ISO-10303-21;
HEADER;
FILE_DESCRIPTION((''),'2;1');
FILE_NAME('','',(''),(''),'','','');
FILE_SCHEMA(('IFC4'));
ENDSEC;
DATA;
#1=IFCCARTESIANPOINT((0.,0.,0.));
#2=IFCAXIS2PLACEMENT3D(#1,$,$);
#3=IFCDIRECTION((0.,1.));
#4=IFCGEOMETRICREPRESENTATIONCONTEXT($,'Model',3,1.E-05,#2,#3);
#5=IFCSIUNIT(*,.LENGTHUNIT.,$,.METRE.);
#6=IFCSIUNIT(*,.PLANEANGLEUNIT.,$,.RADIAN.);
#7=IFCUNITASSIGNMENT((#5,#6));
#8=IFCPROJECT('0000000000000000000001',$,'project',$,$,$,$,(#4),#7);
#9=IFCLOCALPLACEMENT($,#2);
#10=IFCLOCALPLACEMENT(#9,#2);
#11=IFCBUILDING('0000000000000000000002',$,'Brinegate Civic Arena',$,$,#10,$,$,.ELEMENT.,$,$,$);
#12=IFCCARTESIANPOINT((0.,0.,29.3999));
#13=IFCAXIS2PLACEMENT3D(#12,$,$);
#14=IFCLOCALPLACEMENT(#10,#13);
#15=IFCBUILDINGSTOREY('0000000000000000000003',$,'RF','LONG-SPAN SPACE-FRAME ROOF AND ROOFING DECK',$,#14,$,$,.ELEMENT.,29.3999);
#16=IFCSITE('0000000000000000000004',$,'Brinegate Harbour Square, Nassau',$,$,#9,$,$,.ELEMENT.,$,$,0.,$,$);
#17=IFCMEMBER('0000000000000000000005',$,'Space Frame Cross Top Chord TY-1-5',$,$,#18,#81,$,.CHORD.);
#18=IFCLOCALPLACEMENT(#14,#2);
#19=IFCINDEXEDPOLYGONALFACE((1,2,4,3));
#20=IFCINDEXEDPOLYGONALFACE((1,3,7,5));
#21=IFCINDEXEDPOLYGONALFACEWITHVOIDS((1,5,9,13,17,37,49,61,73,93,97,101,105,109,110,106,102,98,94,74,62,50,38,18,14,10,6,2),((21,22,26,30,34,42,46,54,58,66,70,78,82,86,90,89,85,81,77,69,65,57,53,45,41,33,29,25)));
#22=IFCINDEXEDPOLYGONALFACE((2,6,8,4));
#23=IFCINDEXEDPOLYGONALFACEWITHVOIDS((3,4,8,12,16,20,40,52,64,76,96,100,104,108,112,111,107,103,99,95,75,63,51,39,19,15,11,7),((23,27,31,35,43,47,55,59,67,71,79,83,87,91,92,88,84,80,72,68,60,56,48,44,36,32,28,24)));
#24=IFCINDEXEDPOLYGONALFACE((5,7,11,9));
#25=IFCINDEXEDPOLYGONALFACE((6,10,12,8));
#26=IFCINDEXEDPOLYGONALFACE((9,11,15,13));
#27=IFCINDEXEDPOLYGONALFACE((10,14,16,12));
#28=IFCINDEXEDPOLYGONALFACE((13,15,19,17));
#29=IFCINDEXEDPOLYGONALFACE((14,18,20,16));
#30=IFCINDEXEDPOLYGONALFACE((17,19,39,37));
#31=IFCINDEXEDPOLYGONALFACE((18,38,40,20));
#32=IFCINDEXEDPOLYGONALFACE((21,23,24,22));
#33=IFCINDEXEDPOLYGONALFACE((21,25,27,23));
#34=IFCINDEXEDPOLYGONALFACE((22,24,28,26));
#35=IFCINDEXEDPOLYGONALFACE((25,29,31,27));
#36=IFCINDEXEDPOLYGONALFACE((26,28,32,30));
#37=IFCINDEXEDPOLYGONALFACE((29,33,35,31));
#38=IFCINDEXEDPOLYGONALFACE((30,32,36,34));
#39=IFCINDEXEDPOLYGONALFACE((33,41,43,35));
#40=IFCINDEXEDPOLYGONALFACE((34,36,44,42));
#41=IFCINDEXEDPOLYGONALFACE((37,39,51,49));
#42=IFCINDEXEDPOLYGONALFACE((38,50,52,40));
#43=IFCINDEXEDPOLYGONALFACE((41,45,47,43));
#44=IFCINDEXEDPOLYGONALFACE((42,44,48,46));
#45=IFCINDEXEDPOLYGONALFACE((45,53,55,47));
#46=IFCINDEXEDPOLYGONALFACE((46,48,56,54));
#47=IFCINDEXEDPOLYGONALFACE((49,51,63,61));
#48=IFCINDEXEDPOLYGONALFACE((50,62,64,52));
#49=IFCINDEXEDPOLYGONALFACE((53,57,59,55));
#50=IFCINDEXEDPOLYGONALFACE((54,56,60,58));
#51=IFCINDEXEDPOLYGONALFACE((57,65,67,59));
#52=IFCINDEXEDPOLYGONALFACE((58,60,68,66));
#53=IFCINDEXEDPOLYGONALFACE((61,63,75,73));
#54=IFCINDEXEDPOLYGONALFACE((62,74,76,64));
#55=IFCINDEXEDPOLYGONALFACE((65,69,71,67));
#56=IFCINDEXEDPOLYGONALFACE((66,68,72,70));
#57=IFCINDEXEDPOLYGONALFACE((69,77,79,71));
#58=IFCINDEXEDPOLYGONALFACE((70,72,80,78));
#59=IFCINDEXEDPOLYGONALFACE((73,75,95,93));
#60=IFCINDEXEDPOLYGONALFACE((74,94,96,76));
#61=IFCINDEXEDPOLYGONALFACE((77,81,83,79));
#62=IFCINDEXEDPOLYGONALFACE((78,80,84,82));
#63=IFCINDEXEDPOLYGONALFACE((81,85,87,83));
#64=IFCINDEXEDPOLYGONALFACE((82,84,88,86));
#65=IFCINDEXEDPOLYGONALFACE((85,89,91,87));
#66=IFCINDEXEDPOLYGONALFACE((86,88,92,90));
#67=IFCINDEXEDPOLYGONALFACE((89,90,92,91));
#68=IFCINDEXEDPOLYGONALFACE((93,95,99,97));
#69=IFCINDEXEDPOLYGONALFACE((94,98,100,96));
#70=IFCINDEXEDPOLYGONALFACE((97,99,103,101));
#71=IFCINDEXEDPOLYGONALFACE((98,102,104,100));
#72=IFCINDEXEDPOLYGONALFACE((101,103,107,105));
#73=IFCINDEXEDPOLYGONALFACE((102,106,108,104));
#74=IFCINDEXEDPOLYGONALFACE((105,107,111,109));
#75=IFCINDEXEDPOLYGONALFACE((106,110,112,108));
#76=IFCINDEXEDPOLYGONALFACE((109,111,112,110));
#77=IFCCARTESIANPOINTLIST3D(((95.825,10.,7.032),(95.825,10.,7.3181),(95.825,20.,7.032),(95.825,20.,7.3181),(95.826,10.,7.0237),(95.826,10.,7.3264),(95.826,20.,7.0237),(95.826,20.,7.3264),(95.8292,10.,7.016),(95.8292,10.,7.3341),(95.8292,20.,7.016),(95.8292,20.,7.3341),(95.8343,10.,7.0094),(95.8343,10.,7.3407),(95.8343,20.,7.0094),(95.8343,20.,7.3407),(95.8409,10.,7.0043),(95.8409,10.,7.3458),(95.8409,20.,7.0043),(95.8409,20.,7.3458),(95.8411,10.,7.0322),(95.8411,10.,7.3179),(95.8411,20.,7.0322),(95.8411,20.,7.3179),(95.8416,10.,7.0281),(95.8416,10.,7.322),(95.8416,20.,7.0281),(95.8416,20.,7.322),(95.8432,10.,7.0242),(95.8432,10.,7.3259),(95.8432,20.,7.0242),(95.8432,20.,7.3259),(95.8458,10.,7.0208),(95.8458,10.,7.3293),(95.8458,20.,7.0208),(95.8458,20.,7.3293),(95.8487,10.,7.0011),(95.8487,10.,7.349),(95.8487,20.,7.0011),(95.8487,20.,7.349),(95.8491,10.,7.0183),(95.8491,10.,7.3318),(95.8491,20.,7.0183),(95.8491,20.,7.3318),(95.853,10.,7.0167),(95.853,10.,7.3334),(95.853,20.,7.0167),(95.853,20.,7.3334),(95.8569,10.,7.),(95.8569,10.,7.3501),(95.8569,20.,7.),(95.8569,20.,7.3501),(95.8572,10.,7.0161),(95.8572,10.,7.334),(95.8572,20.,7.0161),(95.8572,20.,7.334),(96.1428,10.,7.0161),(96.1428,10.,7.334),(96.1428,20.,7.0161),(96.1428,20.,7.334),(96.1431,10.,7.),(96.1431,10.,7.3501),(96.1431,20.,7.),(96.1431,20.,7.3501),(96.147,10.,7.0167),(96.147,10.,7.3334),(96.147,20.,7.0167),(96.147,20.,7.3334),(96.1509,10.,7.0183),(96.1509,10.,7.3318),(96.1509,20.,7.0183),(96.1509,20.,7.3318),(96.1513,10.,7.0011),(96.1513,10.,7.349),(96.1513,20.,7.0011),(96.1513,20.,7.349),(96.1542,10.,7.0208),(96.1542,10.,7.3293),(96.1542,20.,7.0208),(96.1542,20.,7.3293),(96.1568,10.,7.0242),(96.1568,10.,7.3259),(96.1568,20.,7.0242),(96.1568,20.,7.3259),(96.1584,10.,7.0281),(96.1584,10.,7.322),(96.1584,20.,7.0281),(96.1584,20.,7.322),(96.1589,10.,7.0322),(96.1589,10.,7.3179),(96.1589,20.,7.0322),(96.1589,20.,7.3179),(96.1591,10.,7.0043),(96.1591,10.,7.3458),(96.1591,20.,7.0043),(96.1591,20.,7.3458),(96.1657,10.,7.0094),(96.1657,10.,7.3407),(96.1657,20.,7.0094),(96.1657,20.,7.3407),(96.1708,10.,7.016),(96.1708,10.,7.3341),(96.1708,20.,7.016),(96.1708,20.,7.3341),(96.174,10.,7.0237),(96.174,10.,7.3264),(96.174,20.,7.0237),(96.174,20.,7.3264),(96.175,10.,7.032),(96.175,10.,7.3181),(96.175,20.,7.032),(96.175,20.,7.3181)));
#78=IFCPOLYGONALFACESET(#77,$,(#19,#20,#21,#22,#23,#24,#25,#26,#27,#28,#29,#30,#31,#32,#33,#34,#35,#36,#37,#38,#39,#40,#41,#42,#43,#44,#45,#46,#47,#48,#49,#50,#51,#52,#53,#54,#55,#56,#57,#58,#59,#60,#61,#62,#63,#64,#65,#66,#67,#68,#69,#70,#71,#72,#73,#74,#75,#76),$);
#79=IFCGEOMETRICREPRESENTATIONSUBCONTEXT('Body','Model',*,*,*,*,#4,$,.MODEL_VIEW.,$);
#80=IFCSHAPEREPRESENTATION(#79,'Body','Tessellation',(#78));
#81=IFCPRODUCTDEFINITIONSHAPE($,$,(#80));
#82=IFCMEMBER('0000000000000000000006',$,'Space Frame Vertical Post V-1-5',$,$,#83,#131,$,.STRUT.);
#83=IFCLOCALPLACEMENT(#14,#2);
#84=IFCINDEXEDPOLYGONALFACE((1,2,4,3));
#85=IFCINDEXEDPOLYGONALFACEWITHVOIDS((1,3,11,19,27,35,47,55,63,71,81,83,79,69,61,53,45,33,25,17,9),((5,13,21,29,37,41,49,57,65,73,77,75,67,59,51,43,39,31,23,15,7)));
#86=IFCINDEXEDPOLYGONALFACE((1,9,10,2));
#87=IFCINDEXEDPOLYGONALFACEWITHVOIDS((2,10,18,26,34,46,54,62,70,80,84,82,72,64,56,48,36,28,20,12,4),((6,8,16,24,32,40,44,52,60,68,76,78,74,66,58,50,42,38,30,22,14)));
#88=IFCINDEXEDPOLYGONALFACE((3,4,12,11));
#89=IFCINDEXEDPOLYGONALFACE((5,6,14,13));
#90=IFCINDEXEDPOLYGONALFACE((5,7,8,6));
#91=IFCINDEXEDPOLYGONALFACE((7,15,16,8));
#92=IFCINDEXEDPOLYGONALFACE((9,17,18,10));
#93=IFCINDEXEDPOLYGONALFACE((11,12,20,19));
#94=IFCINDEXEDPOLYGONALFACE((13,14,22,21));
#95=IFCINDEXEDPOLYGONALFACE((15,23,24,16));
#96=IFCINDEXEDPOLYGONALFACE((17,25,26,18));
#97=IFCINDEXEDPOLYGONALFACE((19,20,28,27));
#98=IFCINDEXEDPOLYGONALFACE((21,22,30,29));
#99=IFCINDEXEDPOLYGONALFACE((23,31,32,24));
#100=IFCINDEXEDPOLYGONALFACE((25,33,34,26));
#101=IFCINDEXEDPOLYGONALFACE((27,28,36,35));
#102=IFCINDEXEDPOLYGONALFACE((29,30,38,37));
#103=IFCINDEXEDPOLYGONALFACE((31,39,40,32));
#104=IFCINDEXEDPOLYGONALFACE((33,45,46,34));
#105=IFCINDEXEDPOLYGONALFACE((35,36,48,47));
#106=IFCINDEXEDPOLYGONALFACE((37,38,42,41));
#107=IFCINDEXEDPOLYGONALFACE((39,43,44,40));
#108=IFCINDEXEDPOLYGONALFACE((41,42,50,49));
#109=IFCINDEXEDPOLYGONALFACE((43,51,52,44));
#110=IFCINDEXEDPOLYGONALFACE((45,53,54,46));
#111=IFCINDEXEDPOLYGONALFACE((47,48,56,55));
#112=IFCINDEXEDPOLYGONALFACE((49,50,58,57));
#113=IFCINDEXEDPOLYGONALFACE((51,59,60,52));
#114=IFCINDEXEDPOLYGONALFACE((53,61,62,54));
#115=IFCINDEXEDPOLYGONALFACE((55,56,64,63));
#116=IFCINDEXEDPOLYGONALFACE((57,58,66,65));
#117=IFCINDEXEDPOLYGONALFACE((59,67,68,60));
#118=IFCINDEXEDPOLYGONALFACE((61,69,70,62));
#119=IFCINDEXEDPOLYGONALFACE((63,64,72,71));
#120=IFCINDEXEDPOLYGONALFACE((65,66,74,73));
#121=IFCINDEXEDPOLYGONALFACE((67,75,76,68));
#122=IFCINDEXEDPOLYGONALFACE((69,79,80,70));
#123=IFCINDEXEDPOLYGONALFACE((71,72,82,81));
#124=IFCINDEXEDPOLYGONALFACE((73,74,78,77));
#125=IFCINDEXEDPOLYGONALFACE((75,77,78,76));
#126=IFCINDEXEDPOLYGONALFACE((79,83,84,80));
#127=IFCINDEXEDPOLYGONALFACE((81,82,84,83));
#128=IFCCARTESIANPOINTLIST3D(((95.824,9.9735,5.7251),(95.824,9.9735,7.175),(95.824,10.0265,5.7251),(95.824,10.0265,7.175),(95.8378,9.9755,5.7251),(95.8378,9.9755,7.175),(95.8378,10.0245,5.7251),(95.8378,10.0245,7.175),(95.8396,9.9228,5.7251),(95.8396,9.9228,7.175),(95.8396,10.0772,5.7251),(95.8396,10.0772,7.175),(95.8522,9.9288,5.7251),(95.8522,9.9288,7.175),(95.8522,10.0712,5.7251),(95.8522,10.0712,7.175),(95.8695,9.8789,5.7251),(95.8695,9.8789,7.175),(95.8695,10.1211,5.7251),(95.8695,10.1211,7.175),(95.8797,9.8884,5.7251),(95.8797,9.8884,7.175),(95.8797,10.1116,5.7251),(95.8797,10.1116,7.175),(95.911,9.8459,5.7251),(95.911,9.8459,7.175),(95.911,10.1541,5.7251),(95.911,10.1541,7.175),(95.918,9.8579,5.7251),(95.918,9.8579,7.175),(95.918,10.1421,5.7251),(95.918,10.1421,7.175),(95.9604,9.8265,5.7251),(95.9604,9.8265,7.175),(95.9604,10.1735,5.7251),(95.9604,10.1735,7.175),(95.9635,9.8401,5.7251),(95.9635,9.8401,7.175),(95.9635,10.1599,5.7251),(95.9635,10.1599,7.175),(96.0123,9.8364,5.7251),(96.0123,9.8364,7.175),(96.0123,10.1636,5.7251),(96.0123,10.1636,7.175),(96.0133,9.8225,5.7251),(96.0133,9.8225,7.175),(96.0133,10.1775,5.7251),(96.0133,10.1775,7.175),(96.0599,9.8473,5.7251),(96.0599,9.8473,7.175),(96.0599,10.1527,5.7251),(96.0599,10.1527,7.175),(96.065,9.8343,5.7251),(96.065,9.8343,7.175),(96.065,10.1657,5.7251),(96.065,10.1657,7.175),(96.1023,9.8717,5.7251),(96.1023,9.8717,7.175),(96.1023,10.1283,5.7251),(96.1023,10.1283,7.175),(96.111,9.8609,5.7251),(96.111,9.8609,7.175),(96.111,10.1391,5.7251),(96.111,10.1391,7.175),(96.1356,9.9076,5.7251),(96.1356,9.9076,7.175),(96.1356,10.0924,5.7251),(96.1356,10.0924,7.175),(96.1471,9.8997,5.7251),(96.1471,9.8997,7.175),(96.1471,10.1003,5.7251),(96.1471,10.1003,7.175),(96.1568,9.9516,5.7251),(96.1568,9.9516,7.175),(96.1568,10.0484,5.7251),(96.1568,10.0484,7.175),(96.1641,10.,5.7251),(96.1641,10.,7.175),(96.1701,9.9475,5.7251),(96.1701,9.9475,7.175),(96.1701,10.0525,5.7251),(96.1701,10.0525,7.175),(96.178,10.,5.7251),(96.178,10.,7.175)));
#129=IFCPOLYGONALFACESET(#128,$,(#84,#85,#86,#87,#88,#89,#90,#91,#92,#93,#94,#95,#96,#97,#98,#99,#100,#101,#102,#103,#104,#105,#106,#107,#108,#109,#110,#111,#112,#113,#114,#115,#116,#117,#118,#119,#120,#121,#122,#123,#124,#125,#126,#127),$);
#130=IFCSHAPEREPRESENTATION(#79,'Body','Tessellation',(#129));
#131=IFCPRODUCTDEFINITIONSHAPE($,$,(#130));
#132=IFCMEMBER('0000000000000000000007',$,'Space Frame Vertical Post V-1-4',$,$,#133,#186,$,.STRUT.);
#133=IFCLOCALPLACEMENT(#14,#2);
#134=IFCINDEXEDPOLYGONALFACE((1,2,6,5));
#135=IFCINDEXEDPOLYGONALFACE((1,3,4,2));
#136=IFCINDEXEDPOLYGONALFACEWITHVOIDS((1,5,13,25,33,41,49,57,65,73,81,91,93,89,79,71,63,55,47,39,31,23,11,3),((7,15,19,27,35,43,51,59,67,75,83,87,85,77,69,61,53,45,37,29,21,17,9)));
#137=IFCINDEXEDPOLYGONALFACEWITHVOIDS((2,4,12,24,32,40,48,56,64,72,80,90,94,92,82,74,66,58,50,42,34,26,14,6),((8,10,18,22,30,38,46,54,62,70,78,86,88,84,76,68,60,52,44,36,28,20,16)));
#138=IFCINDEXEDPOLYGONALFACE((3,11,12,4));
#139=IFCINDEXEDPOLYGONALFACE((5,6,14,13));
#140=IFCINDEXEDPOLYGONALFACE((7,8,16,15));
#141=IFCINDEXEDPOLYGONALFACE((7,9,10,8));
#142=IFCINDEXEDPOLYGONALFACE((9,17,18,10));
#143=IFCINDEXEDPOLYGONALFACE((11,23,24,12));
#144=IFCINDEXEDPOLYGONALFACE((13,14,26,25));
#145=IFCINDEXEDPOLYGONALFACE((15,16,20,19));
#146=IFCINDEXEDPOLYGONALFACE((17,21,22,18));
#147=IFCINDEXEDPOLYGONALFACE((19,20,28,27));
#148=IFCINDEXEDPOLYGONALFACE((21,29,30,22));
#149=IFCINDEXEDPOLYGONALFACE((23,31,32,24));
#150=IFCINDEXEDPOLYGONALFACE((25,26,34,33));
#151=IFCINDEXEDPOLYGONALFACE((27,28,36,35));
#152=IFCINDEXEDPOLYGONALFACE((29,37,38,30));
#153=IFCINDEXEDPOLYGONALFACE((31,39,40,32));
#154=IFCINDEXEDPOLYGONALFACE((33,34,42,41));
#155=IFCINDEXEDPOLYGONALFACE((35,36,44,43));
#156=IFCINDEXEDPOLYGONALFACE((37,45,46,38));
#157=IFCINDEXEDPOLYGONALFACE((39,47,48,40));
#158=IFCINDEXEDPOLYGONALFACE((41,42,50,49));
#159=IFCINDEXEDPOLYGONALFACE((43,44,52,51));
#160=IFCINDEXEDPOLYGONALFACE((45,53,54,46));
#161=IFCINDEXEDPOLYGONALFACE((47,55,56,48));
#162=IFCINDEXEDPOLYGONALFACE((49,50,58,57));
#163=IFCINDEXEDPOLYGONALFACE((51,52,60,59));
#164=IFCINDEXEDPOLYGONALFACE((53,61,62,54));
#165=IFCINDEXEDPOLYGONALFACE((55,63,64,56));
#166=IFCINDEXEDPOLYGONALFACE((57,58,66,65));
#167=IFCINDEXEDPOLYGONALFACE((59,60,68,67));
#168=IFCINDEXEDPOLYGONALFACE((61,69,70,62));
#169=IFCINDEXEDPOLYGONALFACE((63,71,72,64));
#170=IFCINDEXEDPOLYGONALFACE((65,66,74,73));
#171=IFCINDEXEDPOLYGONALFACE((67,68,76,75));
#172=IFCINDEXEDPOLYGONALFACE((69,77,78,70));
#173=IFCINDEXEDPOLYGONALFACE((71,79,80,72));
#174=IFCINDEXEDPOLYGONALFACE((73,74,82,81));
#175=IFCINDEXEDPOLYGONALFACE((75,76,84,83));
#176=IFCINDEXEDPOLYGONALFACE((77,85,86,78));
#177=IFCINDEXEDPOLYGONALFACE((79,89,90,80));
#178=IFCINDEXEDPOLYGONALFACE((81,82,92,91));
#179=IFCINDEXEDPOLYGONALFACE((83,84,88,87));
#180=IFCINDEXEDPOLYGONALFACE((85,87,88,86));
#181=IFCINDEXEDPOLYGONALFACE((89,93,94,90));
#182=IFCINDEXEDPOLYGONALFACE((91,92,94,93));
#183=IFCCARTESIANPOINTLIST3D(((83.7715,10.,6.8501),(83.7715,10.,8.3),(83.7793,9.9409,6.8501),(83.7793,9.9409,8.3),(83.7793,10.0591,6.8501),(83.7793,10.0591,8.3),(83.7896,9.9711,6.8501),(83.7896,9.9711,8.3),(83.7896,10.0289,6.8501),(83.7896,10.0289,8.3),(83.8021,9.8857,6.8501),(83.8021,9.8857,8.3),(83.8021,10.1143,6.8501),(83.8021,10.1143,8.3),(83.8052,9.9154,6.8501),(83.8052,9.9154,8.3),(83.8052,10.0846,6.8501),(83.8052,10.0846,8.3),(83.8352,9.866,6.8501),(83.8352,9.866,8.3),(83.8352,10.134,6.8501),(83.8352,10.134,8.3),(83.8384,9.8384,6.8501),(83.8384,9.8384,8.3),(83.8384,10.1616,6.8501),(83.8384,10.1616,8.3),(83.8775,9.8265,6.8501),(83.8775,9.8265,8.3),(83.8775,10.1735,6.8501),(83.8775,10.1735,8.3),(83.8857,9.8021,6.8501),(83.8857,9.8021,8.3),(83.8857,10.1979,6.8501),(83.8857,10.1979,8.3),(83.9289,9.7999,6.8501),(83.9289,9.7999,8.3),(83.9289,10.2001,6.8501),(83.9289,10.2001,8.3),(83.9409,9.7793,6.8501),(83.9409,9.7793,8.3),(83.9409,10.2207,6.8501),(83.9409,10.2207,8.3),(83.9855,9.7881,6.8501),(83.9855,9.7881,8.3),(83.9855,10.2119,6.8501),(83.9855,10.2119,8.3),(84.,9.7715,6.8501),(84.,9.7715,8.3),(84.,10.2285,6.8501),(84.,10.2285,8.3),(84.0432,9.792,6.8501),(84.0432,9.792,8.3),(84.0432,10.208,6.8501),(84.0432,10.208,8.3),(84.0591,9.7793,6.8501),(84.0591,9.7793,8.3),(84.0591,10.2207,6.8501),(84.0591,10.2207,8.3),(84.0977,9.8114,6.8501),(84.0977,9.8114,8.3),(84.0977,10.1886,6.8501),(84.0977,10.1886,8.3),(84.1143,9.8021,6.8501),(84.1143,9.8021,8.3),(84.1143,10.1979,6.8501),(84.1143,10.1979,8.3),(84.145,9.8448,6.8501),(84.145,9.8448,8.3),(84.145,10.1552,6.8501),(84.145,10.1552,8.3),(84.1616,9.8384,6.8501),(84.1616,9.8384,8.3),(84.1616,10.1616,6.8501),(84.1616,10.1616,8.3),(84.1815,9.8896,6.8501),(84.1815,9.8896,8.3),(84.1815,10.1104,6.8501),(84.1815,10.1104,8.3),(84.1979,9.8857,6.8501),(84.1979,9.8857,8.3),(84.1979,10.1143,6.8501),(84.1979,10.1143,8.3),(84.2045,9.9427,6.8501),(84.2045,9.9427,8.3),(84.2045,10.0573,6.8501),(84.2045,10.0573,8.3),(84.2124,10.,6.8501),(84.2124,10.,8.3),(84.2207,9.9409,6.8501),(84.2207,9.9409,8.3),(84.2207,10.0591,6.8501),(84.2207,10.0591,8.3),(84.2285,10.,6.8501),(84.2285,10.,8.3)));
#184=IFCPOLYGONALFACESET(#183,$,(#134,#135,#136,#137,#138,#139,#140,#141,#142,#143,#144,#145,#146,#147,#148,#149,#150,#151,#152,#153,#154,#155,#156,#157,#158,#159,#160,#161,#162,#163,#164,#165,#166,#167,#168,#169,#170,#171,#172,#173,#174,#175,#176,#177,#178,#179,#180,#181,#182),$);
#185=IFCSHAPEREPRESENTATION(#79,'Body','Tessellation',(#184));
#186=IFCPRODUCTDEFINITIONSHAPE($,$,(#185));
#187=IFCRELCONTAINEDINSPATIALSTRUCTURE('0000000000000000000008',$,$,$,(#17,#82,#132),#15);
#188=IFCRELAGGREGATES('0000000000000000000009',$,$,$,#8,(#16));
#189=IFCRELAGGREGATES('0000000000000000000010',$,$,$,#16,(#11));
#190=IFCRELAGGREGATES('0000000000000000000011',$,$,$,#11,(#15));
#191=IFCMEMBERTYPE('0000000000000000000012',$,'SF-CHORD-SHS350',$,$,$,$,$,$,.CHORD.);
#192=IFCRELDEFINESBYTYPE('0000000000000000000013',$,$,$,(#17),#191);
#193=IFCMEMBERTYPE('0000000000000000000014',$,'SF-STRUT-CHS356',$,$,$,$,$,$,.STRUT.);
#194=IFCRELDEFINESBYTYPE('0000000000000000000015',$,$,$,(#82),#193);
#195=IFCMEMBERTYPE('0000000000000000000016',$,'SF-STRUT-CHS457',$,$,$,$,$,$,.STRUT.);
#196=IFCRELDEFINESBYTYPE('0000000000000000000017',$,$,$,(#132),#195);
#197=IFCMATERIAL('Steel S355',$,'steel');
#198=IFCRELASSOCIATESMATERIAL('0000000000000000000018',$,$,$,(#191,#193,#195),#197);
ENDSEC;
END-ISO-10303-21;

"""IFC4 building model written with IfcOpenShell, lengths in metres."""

from ifc_helpers import new_model, si_unit, direction, frame, origin, origin_2d, place, context, subcontext, project, spatial, hollow_rectangle, hollow_circle, extrude, material, material_profile, profile_set, type_object, element, save


model = new_model("IFC4")

# Units and contexts
model_context = context("Model", 3, precision=1e-05, world=origin(), true_north=direction((0.0, 1.0)))
body_context = subcontext(model_context, "Body", "Model", "MODEL_VIEW")
ifc_project = project(units=[si_unit("LENGTHUNIT", "METRE"), si_unit("PLANEANGLEUNIT", "RADIAN")], contexts=[model_context])

# Site, building, storey
site_placement = place(None, origin())
site = spatial("IfcSite", under=ifc_project, at=site_placement, Name="Brinegate Harbour Square, Nassau", CompositionType="ELEMENT", RefElevation=0.0)
building_placement = place(site_placement, origin())
building = spatial("IfcBuilding", under=site, at=building_placement, Name="Brinegate Civic Arena", CompositionType="ELEMENT")
storey_placement = place(building_placement, frame((0.0, 0.0, 29.3999)))
storey = spatial("IfcBuildingStorey", under=building, at=storey_placement, Name="RF", Description="LONG-SPAN SPACE-FRAME ROOF AND ROOFING DECK", CompositionType="ELEMENT", Elevation=29.3999)

# Shared definitions
ifc_material_1 = material(Name="Steel S355", Category="steel")

# Members
ifc_material_profile_1 = material_profile(ifc_material_1, hollow_rectangle(XDim=0.3501, YDim=0.3501, WallThickness=0.0161, InnerFilletRadius=0.0161, OuterFilletRadius=0.032, at=origin_2d()), Name="SHS350X16")
ifc_profile_set_1 = profile_set([ifc_material_profile_1], Name="Steel S355")
member_type_1 = type_object("IfcMemberType", Name="SF-CHORD-SHS350", PredefinedType="CHORD", material=ifc_profile_set_1)
for number, where, z_axis, x_axis, name in (
    (1, (96.0, 10.0, 7.175), (0.0, 1.0, 0.0), (-1.0, 0.0, 0.0), "Space Frame Cross Top Chord TY-1-5"),
):
    element("IfcMember", number, at=place(storey_placement, frame(where, z_axis=z_axis, x_axis=x_axis)), inside=storey, type_object=member_type_1, Name=name, PredefinedType="CHORD", context=body_context, shape_type="SweptSolid", body=[
        extrude(hollow_rectangle(XDim=0.3501, YDim=0.3501, WallThickness=0.0161, InnerFilletRadius=0.0161, OuterFilletRadius=0.032, at=origin_2d()), origin(), (0.0, 0.0, 1.0), 10.0),
    ])
ifc_material_profile_2 = material_profile(ifc_material_1, hollow_circle(Radius=0.178, WallThickness=0.0139, at=origin_2d()), Name="CHS356X14")
ifc_profile_set_2 = profile_set([ifc_material_profile_2], Name="Steel S355")
member_type_2 = type_object("IfcMemberType", Name="SF-STRUT-CHS356", PredefinedType="STRUT", material=ifc_profile_set_2)
member_1_placement = place(storey_placement, frame((96.0, 10.0, 5.7251), z_axis=(0.0, 0.0, 1.0), x_axis=(1.0, 0.0, 0.0)))
element("IfcMember", 2, at=member_1_placement, inside=storey, type_object=member_type_2, Name="Space Frame Vertical Post V-1-5", PredefinedType="STRUT", context=body_context, shape_type="SweptSolid", body=[
    extrude(hollow_circle(Radius=0.178, WallThickness=0.0139, at=origin_2d()), origin(), (0.0, 0.0, 1.0), 1.45),
])
ifc_material_profile_3 = material_profile(ifc_material_1, hollow_circle(Radius=0.2285, WallThickness=0.0161, at=origin_2d()), Name="CHS457X16")
ifc_profile_set_3 = profile_set([ifc_material_profile_3], Name="Steel S355")
member_type_3 = type_object("IfcMemberType", Name="SF-STRUT-CHS457", PredefinedType="STRUT", material=ifc_profile_set_3)
for number, where, z_axis, x_axis, name in (
    (3, (84.0, 10.0, 6.8501), (0.0, 0.0, 1.0), (1.0, 0.0, 0.0), "Space Frame Vertical Post V-1-4"),
):
    element("IfcMember", number, at=place(storey_placement, frame(where, z_axis=z_axis, x_axis=x_axis)), inside=storey, type_object=member_type_3, Name=name, PredefinedType="STRUT", context=body_context, shape_type="SweptSolid", body=[
        extrude(hollow_circle(Radius=0.2285, WallThickness=0.0161, at=origin_2d()), origin(), (0.0, 0.0, 1.0), 1.45),
    ])

save(model, "model.ifc")
